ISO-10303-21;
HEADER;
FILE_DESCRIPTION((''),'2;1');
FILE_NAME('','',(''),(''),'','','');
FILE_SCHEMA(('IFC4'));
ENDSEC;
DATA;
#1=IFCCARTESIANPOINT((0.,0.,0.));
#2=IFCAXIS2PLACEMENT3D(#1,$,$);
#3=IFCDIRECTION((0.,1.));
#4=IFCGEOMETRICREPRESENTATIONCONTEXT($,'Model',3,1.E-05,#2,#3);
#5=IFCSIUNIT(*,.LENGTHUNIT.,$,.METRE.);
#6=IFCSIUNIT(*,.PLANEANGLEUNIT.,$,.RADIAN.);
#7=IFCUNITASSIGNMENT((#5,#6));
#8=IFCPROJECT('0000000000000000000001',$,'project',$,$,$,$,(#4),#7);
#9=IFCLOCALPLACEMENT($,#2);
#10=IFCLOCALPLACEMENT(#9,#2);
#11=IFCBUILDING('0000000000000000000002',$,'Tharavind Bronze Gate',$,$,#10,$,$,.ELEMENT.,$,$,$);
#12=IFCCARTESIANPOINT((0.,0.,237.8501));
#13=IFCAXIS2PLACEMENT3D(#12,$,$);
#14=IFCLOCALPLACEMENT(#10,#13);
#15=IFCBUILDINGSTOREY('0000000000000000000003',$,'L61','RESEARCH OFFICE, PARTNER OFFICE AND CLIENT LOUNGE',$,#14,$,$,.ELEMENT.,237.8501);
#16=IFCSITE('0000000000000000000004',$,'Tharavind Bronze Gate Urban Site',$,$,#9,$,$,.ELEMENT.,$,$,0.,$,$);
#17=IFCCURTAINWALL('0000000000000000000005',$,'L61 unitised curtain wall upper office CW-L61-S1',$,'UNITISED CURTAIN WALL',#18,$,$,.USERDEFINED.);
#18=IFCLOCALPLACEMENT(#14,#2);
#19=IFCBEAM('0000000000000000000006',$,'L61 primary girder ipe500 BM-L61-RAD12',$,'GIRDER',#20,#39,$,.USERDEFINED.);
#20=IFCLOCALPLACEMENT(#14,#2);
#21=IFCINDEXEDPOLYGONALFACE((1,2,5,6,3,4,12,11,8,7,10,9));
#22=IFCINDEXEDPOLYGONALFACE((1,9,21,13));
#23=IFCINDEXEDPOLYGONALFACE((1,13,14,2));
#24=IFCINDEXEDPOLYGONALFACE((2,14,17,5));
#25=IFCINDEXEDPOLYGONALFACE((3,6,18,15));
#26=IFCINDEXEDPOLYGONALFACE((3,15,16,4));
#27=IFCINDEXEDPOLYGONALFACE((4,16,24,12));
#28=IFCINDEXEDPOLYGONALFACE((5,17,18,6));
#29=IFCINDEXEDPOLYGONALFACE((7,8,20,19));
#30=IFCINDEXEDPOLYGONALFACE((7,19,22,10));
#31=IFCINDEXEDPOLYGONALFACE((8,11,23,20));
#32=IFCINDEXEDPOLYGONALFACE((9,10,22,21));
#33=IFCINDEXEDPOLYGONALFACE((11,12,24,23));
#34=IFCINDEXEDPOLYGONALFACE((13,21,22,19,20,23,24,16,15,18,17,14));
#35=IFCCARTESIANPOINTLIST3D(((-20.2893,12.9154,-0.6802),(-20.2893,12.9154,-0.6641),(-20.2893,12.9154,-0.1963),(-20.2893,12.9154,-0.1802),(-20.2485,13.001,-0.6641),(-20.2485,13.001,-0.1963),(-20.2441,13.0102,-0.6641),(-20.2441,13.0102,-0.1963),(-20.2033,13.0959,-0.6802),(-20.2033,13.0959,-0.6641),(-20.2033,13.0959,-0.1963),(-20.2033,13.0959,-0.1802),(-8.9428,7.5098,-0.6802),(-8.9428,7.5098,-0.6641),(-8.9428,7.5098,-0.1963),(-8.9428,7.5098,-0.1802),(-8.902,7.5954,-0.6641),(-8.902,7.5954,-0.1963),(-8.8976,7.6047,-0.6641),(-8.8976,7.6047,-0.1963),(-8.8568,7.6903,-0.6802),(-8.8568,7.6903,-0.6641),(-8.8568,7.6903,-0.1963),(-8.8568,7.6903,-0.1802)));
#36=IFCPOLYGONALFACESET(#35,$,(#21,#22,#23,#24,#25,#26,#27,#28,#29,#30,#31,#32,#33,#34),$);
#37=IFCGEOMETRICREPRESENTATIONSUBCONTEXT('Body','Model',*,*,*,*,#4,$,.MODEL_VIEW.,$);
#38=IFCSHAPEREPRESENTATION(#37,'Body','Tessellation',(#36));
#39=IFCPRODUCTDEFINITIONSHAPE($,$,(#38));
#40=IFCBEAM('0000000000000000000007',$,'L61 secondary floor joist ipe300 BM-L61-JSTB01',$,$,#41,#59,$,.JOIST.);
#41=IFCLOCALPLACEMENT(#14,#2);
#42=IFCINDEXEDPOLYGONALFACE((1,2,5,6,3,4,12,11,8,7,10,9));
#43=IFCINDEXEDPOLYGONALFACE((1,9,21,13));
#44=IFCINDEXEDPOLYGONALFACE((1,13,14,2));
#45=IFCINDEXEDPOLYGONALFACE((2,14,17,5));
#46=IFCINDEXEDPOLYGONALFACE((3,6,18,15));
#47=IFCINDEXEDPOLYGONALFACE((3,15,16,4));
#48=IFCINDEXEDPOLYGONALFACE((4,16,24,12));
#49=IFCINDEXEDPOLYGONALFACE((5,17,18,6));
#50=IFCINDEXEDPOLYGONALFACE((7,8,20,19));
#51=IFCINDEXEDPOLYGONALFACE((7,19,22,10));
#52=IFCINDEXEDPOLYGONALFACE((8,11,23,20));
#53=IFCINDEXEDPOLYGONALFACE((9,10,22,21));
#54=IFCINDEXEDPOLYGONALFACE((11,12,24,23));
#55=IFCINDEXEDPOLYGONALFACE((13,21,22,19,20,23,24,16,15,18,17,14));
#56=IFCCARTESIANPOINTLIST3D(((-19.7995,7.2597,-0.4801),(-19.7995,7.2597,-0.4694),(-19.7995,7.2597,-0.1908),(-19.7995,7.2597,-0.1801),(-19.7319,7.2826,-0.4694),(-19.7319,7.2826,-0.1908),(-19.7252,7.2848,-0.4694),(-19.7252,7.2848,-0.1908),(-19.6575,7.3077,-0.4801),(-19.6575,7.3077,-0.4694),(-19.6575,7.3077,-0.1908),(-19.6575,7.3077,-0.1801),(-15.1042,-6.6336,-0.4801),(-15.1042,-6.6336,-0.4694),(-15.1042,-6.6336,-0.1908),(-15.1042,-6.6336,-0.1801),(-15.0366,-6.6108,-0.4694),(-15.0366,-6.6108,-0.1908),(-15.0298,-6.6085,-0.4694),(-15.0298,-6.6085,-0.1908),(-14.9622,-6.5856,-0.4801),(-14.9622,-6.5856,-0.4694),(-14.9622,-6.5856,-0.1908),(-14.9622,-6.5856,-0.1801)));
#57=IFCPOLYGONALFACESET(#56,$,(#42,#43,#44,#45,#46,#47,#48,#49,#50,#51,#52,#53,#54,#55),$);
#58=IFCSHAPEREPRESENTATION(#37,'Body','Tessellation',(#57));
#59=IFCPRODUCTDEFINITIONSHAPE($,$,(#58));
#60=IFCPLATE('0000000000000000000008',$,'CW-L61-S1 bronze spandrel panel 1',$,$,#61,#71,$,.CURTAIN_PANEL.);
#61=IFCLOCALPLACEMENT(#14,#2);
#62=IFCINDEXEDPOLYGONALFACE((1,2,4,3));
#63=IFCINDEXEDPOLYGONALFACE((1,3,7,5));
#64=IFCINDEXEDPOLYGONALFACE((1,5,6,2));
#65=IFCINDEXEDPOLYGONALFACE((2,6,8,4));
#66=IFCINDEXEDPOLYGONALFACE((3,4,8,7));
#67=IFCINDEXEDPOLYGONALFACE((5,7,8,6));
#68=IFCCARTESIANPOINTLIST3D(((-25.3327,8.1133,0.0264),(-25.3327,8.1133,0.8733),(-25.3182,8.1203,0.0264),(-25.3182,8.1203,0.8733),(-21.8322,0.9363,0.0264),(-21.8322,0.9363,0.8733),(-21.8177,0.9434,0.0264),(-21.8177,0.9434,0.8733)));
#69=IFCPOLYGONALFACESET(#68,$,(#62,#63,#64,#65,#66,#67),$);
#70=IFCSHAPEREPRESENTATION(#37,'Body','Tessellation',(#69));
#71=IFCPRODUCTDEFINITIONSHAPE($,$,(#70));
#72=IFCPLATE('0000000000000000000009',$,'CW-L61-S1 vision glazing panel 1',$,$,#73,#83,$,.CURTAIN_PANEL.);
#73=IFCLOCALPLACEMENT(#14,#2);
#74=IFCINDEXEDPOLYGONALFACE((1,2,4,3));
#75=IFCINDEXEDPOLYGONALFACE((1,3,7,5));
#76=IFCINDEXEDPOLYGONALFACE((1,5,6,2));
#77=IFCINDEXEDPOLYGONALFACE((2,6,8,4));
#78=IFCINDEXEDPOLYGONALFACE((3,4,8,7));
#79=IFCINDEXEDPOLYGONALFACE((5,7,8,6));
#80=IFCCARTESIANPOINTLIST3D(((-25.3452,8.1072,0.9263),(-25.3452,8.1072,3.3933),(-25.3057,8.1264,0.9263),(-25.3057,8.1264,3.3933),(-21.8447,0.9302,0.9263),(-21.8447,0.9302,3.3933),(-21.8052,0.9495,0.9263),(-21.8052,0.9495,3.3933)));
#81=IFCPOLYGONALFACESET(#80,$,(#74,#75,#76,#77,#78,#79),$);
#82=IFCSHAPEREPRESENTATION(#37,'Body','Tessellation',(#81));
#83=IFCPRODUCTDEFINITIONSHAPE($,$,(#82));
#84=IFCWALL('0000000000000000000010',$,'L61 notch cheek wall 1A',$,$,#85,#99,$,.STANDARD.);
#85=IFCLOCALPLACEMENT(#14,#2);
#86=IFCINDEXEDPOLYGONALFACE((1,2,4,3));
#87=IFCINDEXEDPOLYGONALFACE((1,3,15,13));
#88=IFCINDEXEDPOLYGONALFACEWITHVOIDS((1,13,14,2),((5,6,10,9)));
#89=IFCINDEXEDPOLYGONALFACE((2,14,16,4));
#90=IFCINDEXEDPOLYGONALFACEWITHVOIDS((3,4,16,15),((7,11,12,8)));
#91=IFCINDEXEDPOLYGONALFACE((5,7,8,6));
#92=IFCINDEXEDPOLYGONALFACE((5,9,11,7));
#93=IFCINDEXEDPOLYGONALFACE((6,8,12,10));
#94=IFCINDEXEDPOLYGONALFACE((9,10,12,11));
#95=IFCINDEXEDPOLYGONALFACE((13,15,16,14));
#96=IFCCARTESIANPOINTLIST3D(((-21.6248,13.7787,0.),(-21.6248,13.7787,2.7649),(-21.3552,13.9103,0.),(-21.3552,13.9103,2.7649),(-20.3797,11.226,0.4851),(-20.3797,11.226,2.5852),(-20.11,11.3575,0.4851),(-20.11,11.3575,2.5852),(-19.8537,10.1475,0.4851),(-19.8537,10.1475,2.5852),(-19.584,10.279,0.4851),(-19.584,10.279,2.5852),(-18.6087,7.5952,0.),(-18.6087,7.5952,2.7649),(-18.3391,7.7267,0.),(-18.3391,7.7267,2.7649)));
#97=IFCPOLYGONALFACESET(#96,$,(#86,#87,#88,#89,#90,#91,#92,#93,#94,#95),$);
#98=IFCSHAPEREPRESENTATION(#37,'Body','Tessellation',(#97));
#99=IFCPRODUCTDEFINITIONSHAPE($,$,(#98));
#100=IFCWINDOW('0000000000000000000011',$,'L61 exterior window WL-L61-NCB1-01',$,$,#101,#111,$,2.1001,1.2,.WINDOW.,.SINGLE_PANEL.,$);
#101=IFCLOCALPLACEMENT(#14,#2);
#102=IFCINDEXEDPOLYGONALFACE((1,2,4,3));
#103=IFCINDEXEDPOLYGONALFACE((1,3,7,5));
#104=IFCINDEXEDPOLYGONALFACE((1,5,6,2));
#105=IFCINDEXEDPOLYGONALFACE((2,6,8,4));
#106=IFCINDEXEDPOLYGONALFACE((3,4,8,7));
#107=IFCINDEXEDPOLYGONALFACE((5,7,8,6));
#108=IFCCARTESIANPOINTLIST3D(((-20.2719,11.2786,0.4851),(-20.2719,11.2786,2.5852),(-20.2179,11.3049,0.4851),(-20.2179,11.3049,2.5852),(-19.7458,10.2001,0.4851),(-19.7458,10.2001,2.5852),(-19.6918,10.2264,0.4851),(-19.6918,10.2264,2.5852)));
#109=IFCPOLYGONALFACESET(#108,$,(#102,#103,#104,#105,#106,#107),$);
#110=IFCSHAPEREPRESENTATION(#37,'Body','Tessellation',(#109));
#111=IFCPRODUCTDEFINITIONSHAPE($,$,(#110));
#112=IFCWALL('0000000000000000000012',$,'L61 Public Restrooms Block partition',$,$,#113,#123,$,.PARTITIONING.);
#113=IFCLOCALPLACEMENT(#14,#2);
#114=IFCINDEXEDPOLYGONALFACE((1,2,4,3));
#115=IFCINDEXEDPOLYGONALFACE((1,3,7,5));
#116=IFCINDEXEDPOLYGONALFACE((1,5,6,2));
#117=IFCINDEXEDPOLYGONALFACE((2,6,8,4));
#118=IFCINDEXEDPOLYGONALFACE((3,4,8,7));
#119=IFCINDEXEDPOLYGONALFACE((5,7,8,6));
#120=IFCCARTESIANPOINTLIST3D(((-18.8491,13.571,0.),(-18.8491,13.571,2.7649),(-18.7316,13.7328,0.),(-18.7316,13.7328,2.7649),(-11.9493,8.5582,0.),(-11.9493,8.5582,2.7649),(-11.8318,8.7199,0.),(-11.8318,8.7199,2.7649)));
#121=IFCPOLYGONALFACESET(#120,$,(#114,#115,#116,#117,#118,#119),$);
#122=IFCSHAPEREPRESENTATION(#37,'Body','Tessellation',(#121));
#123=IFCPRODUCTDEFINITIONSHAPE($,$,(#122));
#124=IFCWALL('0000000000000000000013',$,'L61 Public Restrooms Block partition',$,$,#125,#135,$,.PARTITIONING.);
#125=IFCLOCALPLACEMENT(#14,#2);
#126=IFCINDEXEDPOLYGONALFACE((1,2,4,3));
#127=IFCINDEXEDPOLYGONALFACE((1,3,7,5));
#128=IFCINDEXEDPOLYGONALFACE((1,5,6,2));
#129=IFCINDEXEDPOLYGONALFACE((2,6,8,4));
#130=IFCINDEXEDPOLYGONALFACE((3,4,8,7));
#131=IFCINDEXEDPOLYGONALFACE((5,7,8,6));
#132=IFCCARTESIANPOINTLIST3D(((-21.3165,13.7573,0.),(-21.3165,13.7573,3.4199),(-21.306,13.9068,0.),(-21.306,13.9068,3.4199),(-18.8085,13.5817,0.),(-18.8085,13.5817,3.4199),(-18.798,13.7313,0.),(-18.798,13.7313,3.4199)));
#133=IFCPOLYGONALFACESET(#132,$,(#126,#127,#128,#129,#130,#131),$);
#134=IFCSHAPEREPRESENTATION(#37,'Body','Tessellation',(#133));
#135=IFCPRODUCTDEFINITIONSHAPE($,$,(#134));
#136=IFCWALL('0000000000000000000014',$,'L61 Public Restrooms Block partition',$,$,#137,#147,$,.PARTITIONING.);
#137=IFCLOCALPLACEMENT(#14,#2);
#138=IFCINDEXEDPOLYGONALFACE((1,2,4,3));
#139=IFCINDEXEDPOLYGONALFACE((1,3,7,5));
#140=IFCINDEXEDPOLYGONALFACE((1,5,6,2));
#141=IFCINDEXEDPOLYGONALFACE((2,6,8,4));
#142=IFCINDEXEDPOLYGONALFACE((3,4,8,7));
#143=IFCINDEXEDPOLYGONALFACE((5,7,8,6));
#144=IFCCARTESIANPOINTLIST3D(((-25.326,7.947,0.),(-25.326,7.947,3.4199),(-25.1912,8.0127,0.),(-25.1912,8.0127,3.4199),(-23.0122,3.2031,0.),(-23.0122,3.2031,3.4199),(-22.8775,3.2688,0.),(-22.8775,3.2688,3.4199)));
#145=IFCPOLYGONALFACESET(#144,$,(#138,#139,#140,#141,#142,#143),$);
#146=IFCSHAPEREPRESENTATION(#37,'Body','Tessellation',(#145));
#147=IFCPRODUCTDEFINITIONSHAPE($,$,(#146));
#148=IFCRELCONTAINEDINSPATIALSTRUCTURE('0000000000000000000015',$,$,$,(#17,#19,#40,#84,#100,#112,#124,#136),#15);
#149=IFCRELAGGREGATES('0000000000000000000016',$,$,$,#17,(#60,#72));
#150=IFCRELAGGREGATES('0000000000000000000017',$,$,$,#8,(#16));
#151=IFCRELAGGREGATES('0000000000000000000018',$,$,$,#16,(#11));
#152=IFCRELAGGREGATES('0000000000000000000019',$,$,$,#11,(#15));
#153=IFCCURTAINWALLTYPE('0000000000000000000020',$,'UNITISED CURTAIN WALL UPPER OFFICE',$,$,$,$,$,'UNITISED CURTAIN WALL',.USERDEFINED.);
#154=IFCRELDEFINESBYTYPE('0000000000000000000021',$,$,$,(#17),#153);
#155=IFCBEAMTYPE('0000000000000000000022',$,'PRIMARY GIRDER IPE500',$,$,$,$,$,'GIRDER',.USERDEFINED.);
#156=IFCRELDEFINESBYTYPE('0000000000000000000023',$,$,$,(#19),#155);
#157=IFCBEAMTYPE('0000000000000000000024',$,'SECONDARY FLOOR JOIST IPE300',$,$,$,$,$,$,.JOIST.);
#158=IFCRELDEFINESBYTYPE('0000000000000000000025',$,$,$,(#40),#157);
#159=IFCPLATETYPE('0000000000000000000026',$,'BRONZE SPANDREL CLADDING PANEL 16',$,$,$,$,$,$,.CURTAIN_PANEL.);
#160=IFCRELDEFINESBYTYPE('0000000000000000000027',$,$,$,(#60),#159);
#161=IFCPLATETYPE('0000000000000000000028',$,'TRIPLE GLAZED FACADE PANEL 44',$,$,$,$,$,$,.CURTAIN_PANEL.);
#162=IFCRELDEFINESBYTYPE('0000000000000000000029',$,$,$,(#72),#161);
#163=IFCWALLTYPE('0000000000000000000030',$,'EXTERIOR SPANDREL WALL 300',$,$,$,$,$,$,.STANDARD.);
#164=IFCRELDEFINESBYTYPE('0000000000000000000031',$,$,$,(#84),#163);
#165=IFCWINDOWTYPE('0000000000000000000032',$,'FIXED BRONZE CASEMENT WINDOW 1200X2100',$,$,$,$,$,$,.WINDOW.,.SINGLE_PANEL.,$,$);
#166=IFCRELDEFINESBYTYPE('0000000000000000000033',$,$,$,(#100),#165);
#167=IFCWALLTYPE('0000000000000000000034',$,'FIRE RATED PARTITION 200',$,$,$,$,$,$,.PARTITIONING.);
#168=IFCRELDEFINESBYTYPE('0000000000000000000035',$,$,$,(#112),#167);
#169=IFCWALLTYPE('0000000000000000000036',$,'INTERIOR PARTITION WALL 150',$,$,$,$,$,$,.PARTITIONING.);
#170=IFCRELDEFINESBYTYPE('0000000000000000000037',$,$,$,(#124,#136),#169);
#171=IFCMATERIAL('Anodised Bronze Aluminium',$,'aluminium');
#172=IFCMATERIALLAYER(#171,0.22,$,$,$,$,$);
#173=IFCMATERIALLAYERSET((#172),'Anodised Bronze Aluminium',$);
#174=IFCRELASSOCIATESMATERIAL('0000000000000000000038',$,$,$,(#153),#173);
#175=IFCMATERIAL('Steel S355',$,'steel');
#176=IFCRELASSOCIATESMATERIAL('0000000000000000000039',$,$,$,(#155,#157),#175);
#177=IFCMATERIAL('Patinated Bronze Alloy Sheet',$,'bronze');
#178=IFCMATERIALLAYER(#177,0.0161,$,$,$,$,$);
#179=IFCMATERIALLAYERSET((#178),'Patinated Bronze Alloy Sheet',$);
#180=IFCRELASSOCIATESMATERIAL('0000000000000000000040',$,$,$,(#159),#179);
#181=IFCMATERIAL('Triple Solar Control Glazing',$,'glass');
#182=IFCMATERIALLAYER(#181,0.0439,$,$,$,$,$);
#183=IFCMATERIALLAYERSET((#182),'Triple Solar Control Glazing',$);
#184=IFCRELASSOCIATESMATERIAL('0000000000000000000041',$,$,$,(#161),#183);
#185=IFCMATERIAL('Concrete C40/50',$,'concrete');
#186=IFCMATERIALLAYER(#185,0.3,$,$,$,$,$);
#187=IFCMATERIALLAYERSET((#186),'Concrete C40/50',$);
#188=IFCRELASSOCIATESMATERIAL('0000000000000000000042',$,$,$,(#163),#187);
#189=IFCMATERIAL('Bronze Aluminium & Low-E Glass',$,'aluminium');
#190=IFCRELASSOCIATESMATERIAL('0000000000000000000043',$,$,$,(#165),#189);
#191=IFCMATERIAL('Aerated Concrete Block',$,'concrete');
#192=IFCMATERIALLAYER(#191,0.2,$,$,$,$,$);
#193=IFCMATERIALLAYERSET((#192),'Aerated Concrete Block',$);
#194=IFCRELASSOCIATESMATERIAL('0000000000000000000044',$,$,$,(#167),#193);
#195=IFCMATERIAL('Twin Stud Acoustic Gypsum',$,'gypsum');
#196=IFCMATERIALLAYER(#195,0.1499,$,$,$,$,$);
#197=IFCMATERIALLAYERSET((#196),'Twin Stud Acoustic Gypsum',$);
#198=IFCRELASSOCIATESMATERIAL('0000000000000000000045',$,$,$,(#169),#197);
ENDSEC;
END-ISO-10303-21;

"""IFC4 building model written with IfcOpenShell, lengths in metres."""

from ifc_helpers import new_model, si_unit, direction, frame, frame_2d, origin, origin_2d, place, context, subcontext, project, spatial, rectangle, i_section, extrude, material, layer, layer_set, material_profile, profile_set, type_object, element, fill, aggregate, save


model = new_model("IFC4")

# Units and contexts
model_context = context("Model", 3, precision=1e-05, world=origin(), true_north=direction((0.0, 1.0)))
body_context = subcontext(model_context, "Body", "Model", "MODEL_VIEW")
ifc_project = project(units=[si_unit("LENGTHUNIT", "METRE"), si_unit("PLANEANGLEUNIT", "RADIAN")], contexts=[model_context])

# Site, building, storey
site_placement = place(None, origin())
site = spatial("IfcSite", under=ifc_project, at=site_placement, Name="Tharavind Bronze Gate Urban Site", CompositionType="ELEMENT", RefElevation=0.0)
building_placement = place(site_placement, origin())
building = spatial("IfcBuilding", under=site, at=building_placement, Name="Tharavind Bronze Gate", CompositionType="ELEMENT")
storey_placement = place(building_placement, frame((0.0, 0.0, 237.8501)))
storey = spatial("IfcBuildingStorey", under=building, at=storey_placement, Name="L61", Description="RESEARCH OFFICE, PARTNER OFFICE AND CLIENT LOUNGE", CompositionType="ELEMENT", Elevation=237.8501)

# Curtain wall
ifc_material_1 = material(Name="Anodised Bronze Aluminium", Category="aluminium")
ifc_layer_1 = layer(ifc_material_1, 0.22)
ifc_layer_set_1 = layer_set([ifc_layer_1], Name="Anodised Bronze Aluminium")
curtain_wall_type = type_object("IfcCurtainWallType", Name="UNITISED CURTAIN WALL UPPER OFFICE", ElementType="UNITISED CURTAIN WALL", PredefinedType="USERDEFINED", material=ifc_layer_set_1)
curtain_wall_1_placement = place(storey_placement, origin())
curtain_wall_1 = element("IfcCurtainWall", 1, at=curtain_wall_1_placement, inside=storey, type_object=curtain_wall_type, Name="L61 unitised curtain wall upper office CW-L61-S1", ObjectType="UNITISED CURTAIN WALL", PredefinedType="USERDEFINED")

# Beams
ifc_material_2 = material(Name="Steel S355", Category="steel")
ifc_material_profile_1 = material_profile(ifc_material_2, i_section(OverallWidth=0.2, OverallDepth=0.5, WebThickness=0.0103, FlangeThickness=0.0161, at=origin_2d()), Name="IPE500")
ifc_profile_set_1 = profile_set([ifc_material_profile_1], Name="Steel S355")
beam_type_1 = type_object("IfcBeamType", Name="PRIMARY GIRDER IPE500", ElementType="GIRDER", PredefinedType="USERDEFINED", material=ifc_profile_set_1)
beam_1_placement = place(storey_placement, frame((-20.2463, 13.0056, -0.4302), z_axis=(0.902785, -0.430093, 0.0), x_axis=(0.430093, 0.902785, 0.0)))
element("IfcBeam", 2, at=beam_1_placement, inside=storey, type_object=beam_type_1, Name="L61 primary girder ipe500 BM-L61-RAD12", ObjectType="GIRDER", PredefinedType="USERDEFINED", context=body_context, shape_type="SweptSolid", body=[
    extrude(i_section(OverallWidth=0.2, OverallDepth=0.5, WebThickness=0.0103, FlangeThickness=0.0161, at=origin_2d()), origin(), (0.0, 0.0, 1.0), 12.5684),
])
ifc_material_profile_2 = material_profile(ifc_material_2, i_section(OverallWidth=0.1499, OverallDepth=0.3, WebThickness=0.0071, FlangeThickness=0.0107, at=origin_2d()), Name="IPE300")
ifc_profile_set_2 = profile_set([ifc_material_profile_2], Name="Steel S355")
beam_type_2 = type_object("IfcBeamType", Name="SECONDARY FLOOR JOIST IPE300", PredefinedType="JOIST", material=ifc_profile_set_2)
beam_2_placement = place(storey_placement, frame((-19.7285, 7.2837, -0.3301), z_axis=(0.320166, -0.947362, 0.0), x_axis=(0.947362, 0.320166, 0.0)))
element("IfcBeam", 3, at=beam_2_placement, inside=storey, type_object=beam_type_2, Name="L61 secondary floor joist ipe300 BM-L61-JSTB01", PredefinedType="JOIST", context=body_context, shape_type="SweptSolid", body=[
    extrude(i_section(OverallWidth=0.1499, OverallDepth=0.3, WebThickness=0.0071, FlangeThickness=0.0107, at=origin_2d()), origin(), (0.0, 0.0, 1.0), 14.6653),
])

# Plates
ifc_material_3 = material(Name="Patinated Bronze Alloy Sheet", Category="bronze")
ifc_layer_2 = layer(ifc_material_3, 0.0161)
ifc_layer_set_2 = layer_set([ifc_layer_2], Name="Patinated Bronze Alloy Sheet")
plate_type_1 = type_object("IfcPlateType", Name="BRONZE SPANDREL CLADDING PANEL 16", PredefinedType="CURTAIN_PANEL", material=ifc_layer_set_2)
plate_1_placement = place(storey_placement, frame((-23.5752, 4.5283, 0.0264), z_axis=(0.0, 0.0, 1.0), x_axis=(0.438371, -0.898794, 0.0)))
plate_1 = element("IfcPlate", 4, at=plate_1_placement, type_object=plate_type_1, Name="CW-L61-S1 bronze spandrel panel 1", PredefinedType="CURTAIN_PANEL", context=body_context, shape_type="SweptSolid", body=[
    extrude(rectangle(XDim=7.9851, YDim=0.0161, at=origin_2d()), origin(), (0.0, 0.0, 1.0), 0.8469),
])
ifc_material_4 = material(Name="Triple Solar Control Glazing", Category="glass")
ifc_layer_3 = layer(ifc_material_4, 0.0439)
ifc_layer_set_3 = layer_set([ifc_layer_3], Name="Triple Solar Control Glazing")
plate_type_2 = type_object("IfcPlateType", Name="TRIPLE GLAZED FACADE PANEL 44", PredefinedType="CURTAIN_PANEL", material=ifc_layer_set_3)
plate_2_placement = place(storey_placement, frame((-23.5752, 4.5283, 0.9263), z_axis=(0.0, 0.0, 1.0), x_axis=(0.438371, -0.898794, 0.0)))
plate_2 = element("IfcPlate", 5, at=plate_2_placement, type_object=plate_type_2, Name="CW-L61-S1 vision glazing panel 1", PredefinedType="CURTAIN_PANEL", context=body_context, shape_type="SweptSolid", body=[
    extrude(rectangle(XDim=7.9851, YDim=0.0439, at=origin_2d()), origin(), (0.0, 0.0, 1.0), 2.467),
])
aggregate(curtain_wall_1, [plate_1, plate_2])

# Wall, opening, window
ifc_material_5 = material(Name="Concrete C40/50", Category="concrete")
ifc_layer_4 = layer(ifc_material_5, 0.3)
ifc_layer_set_4 = layer_set([ifc_layer_4], Name="Concrete C40/50")
wall_type_1 = type_object("IfcWallType", Name="EXTERIOR SPANDREL WALL 300", PredefinedType="STANDARD", material=ifc_layer_set_4)
wall_1_placement = place(storey_placement, frame((-21.49, 13.8445, 0.0), z_axis=(0.0, 0.0, 1.0), x_axis=(0.438391, -0.898784, 0.0)))
wall_1 = element("IfcWall", 6, at=wall_1_placement, inside=storey, type_object=wall_type_1, Name="L61 notch cheek wall 1A", PredefinedType="STANDARD", context=body_context, shape_type="SweptSolid", body=[
    extrude(rectangle(XDim=6.8799, YDim=0.3, at=frame_2d((3.4399, 0.0))), origin(), (0.0, 0.0, 1.0), 2.7649),
])
opening_placement = place(wall_1_placement, frame((2.8401, 0.0, 0.4851)))
opening = element("IfcOpeningElement", 7, at=opening_placement, cuts=wall_1, PredefinedType="OPENING", context=body_context, shape_type="SweptSolid", body=[
    extrude(rectangle(XDim=1.2, YDim=2.1001, at=frame_2d((0.6001, 1.05))), frame((0.0, 0.1599, 0.0), z_axis=(0.0, -1.0, 0.0), x_axis=(1.0, 0.0, 0.0)), (0.0, 0.0, 1.0), 0.32),
])
ifc_material_6 = material(Name="Bronze Aluminium & Low-E Glass", Category="aluminium")
window_type = type_object("IfcWindowType", Name="FIXED BRONZE CASEMENT WINDOW 1200X2100", PartitioningType="SINGLE_PANEL", PredefinedType="WINDOW", material=ifc_material_6)
window_placement = place(opening_placement, origin())
window = element("IfcWindow", 8, at=window_placement, inside=storey, type_object=window_type, Name="L61 exterior window WL-L61-NCB1-01", OverallHeight=2.1001, OverallWidth=1.2, PartitioningType="SINGLE_PANEL", PredefinedType="WINDOW", context=body_context, shape_type="SweptSolid", body=[
    extrude(rectangle(XDim=1.2, YDim=2.1001, at=frame_2d((0.6001, 1.05))), frame((0.0, 0.03, 0.0), z_axis=(0.0, -1.0, 0.0), x_axis=(1.0, 0.0, 0.0)), (0.0, 0.0, 1.0), 0.0601),
])
fill(opening, window)

# Walls
ifc_material_7 = material(Name="Aerated Concrete Block", Category="concrete")
ifc_layer_5 = layer(ifc_material_7, 0.2)
ifc_layer_set_5 = layer_set([ifc_layer_5], Name="Aerated Concrete Block")
wall_type_2 = type_object("IfcWallType", Name="FIRE RATED PARTITION 200", PredefinedType="PARTITIONING", material=ifc_layer_set_5)
wall_2_placement = place(storey_placement, frame((-18.7903, 13.6519, 0.0), z_axis=(0.0, 0.0, 1.0), x_axis=(0.809024, -0.587775, 0.0)))
element("IfcWall", 9, at=wall_2_placement, inside=storey, type_object=wall_type_2, Name="L61 Public Restrooms Block partition", PredefinedType="PARTITIONING", context=body_context, shape_type="SweptSolid", body=[
    extrude(rectangle(XDim=8.5286, YDim=0.2, at=frame_2d((4.2642, 0.0))), origin(), (0.0, 0.0, 1.0), 2.7649),
])
ifc_material_8 = material(Name="Twin Stud Acoustic Gypsum", Category="gypsum")
ifc_layer_6 = layer(ifc_material_8, 0.1499)
ifc_layer_set_6 = layer_set([ifc_layer_6], Name="Twin Stud Acoustic Gypsum")
wall_type_3 = type_object("IfcWallType", Name="INTERIOR PARTITION WALL 150", PredefinedType="PARTITIONING", material=ifc_layer_set_6)
wall_3_placement = place(storey_placement, frame((-21.3113, 13.832, 0.0), z_axis=(0.0, 0.0, 1.0), x_axis=(0.99756, -0.069818, 0.0)))
element("IfcWall", 10, at=wall_3_placement, inside=storey, type_object=wall_type_3, Name="L61 Public Restrooms Block partition", PredefinedType="PARTITIONING", context=body_context, shape_type="SweptSolid", body=[
    extrude(rectangle(XDim=2.5142, YDim=0.1499, at=frame_2d((1.2571, 0.0))), origin(), (0.0, 0.0, 1.0), 3.4199),
])
wall_4_placement = place(storey_placement, frame((-22.9448, 3.2358, 0.0), z_axis=(0.0, 0.0, 1.0), x_axis=(-0.438366, 0.898796, 0.0)))
element("IfcWall", 11, at=wall_4_placement, inside=storey, type_object=wall_type_3, Name="L61 Public Restrooms Block partition", PredefinedType="PARTITIONING", context=body_context, shape_type="SweptSolid", body=[
    extrude(rectangle(XDim=5.2781, YDim=0.1499, at=frame_2d((2.6392, 0.0))), origin(), (0.0, 0.0, 1.0), 3.4199),
])

save(model, "model.ifc")
